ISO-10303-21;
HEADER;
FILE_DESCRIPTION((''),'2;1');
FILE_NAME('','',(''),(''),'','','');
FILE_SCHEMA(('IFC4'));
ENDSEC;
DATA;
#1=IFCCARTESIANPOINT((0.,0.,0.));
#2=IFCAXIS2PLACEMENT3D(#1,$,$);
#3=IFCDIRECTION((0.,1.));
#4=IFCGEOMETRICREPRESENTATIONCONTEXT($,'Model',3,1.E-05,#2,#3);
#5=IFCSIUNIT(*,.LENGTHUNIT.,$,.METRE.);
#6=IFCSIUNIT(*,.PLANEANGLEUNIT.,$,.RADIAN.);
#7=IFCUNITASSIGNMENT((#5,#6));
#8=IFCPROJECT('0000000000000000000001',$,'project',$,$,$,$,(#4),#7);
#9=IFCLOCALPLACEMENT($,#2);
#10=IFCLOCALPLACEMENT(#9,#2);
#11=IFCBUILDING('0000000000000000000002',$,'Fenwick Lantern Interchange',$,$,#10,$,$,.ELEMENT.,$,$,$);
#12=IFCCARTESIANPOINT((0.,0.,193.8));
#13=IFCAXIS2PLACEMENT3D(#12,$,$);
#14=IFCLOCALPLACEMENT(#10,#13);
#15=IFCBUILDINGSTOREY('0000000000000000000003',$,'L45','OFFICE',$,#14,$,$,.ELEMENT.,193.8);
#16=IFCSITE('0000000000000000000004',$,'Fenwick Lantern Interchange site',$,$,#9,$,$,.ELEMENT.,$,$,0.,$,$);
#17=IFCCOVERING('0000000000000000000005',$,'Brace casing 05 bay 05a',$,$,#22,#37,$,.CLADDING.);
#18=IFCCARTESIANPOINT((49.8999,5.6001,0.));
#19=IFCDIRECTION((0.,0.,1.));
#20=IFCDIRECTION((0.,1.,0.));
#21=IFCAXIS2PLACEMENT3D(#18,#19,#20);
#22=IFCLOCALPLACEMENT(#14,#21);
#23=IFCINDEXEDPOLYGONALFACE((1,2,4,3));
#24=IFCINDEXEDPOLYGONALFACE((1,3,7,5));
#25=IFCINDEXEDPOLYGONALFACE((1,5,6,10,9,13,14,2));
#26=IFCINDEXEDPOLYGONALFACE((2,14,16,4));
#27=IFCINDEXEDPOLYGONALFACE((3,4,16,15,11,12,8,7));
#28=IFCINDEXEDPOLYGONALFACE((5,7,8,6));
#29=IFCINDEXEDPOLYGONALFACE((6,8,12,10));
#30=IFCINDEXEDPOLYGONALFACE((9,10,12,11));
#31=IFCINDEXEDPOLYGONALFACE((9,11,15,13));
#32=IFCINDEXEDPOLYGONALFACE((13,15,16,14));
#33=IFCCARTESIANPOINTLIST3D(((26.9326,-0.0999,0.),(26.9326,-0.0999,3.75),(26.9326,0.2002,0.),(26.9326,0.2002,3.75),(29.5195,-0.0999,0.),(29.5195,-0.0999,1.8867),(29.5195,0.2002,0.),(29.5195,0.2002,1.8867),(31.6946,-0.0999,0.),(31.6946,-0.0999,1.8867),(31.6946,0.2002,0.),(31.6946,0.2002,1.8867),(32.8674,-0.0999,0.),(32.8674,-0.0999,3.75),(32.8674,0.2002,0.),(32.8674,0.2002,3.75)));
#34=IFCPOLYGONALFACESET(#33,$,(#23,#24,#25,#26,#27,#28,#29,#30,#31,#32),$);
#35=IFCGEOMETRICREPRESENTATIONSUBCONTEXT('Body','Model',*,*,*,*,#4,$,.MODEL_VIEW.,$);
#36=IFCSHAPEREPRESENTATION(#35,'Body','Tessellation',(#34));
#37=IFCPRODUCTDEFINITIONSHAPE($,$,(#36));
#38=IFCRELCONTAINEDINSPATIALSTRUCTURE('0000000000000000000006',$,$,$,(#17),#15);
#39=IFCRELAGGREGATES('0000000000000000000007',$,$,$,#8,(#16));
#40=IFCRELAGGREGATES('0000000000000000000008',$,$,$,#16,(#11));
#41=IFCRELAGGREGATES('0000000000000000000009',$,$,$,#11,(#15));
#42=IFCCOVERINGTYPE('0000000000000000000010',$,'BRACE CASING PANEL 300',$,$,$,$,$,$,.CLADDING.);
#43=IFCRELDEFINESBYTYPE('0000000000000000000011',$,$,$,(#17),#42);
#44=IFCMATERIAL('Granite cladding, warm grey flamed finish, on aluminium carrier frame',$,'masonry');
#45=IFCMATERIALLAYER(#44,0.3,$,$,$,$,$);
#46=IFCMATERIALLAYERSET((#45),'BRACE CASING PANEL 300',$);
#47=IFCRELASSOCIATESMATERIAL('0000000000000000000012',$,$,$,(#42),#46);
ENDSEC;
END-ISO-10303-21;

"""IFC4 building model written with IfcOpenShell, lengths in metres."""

from ifc_helpers import new_model, si_unit, direction, frame, origin, place, context, subcontext, project, spatial, polyline, outline, extrude, material, layer, layer_set, type_object, element, save


model = new_model("IFC4")

# Units and contexts
model_context = context("Model", 3, precision=1e-05, world=origin(), true_north=direction((0.0, 1.0)))
body_context = subcontext(model_context, "Body", "Model", "MODEL_VIEW")
ifc_project = project(units=[si_unit("LENGTHUNIT", "METRE"), si_unit("PLANEANGLEUNIT", "RADIAN")], contexts=[model_context])

# Site, building, storey
site_placement = place(None, origin())
site = spatial("IfcSite", under=ifc_project, at=site_placement, Name="Fenwick Lantern Interchange site", CompositionType="ELEMENT", RefElevation=0.0)
building_placement = place(site_placement, origin())
building = spatial("IfcBuilding", under=site, at=building_placement, Name="Fenwick Lantern Interchange", CompositionType="ELEMENT")
storey_placement = place(building_placement, frame((0.0, 0.0, 193.8)))
storey = spatial("IfcBuildingStorey", under=building, at=storey_placement, Name="L45", Description="OFFICE", CompositionType="ELEMENT", Elevation=193.8)

# Covering
ifc_material_1 = material(Name="Granite cladding, warm grey flamed finish, on aluminium carrier frame", Category="masonry")
ifc_layer_1 = layer(ifc_material_1, 0.3)
ifc_layer_set_1 = layer_set([ifc_layer_1], Name="BRACE CASING PANEL 300")
covering_type = type_object("IfcCoveringType", Name="BRACE CASING PANEL 300", PredefinedType="CLADDING", material=ifc_layer_set_1)
covering_1_placement = place(storey_placement, frame((49.8999, 5.6001, 0.0), z_axis=(0.0, 0.0, 1.0), x_axis=(0.0, 1.0, 0.0)))
element("IfcCovering", 1, at=covering_1_placement, inside=storey, type_object=covering_type, Name="Brace casing 05 bay 05a", PredefinedType="CLADDING", context=body_context, shape_type="SweptSolid", body=[
    extrude(outline(polyline([(26.9326, 0.0), (29.5195, 0.0), (29.5195, 1.8867), (31.6946, 1.8867), (31.6946, 0.0), (32.8674, 0.0), (32.8674, 3.75), (26.9326, 3.75), (26.9326, 0.0)])), frame((0.0, 0.2002, 0.0), z_axis=(0.0, -1.0, 0.0), x_axis=(1.0, 0.0, 0.0)), (0.0, 0.0, 1.0), 0.3),
])

save(model, "model.ifc")
